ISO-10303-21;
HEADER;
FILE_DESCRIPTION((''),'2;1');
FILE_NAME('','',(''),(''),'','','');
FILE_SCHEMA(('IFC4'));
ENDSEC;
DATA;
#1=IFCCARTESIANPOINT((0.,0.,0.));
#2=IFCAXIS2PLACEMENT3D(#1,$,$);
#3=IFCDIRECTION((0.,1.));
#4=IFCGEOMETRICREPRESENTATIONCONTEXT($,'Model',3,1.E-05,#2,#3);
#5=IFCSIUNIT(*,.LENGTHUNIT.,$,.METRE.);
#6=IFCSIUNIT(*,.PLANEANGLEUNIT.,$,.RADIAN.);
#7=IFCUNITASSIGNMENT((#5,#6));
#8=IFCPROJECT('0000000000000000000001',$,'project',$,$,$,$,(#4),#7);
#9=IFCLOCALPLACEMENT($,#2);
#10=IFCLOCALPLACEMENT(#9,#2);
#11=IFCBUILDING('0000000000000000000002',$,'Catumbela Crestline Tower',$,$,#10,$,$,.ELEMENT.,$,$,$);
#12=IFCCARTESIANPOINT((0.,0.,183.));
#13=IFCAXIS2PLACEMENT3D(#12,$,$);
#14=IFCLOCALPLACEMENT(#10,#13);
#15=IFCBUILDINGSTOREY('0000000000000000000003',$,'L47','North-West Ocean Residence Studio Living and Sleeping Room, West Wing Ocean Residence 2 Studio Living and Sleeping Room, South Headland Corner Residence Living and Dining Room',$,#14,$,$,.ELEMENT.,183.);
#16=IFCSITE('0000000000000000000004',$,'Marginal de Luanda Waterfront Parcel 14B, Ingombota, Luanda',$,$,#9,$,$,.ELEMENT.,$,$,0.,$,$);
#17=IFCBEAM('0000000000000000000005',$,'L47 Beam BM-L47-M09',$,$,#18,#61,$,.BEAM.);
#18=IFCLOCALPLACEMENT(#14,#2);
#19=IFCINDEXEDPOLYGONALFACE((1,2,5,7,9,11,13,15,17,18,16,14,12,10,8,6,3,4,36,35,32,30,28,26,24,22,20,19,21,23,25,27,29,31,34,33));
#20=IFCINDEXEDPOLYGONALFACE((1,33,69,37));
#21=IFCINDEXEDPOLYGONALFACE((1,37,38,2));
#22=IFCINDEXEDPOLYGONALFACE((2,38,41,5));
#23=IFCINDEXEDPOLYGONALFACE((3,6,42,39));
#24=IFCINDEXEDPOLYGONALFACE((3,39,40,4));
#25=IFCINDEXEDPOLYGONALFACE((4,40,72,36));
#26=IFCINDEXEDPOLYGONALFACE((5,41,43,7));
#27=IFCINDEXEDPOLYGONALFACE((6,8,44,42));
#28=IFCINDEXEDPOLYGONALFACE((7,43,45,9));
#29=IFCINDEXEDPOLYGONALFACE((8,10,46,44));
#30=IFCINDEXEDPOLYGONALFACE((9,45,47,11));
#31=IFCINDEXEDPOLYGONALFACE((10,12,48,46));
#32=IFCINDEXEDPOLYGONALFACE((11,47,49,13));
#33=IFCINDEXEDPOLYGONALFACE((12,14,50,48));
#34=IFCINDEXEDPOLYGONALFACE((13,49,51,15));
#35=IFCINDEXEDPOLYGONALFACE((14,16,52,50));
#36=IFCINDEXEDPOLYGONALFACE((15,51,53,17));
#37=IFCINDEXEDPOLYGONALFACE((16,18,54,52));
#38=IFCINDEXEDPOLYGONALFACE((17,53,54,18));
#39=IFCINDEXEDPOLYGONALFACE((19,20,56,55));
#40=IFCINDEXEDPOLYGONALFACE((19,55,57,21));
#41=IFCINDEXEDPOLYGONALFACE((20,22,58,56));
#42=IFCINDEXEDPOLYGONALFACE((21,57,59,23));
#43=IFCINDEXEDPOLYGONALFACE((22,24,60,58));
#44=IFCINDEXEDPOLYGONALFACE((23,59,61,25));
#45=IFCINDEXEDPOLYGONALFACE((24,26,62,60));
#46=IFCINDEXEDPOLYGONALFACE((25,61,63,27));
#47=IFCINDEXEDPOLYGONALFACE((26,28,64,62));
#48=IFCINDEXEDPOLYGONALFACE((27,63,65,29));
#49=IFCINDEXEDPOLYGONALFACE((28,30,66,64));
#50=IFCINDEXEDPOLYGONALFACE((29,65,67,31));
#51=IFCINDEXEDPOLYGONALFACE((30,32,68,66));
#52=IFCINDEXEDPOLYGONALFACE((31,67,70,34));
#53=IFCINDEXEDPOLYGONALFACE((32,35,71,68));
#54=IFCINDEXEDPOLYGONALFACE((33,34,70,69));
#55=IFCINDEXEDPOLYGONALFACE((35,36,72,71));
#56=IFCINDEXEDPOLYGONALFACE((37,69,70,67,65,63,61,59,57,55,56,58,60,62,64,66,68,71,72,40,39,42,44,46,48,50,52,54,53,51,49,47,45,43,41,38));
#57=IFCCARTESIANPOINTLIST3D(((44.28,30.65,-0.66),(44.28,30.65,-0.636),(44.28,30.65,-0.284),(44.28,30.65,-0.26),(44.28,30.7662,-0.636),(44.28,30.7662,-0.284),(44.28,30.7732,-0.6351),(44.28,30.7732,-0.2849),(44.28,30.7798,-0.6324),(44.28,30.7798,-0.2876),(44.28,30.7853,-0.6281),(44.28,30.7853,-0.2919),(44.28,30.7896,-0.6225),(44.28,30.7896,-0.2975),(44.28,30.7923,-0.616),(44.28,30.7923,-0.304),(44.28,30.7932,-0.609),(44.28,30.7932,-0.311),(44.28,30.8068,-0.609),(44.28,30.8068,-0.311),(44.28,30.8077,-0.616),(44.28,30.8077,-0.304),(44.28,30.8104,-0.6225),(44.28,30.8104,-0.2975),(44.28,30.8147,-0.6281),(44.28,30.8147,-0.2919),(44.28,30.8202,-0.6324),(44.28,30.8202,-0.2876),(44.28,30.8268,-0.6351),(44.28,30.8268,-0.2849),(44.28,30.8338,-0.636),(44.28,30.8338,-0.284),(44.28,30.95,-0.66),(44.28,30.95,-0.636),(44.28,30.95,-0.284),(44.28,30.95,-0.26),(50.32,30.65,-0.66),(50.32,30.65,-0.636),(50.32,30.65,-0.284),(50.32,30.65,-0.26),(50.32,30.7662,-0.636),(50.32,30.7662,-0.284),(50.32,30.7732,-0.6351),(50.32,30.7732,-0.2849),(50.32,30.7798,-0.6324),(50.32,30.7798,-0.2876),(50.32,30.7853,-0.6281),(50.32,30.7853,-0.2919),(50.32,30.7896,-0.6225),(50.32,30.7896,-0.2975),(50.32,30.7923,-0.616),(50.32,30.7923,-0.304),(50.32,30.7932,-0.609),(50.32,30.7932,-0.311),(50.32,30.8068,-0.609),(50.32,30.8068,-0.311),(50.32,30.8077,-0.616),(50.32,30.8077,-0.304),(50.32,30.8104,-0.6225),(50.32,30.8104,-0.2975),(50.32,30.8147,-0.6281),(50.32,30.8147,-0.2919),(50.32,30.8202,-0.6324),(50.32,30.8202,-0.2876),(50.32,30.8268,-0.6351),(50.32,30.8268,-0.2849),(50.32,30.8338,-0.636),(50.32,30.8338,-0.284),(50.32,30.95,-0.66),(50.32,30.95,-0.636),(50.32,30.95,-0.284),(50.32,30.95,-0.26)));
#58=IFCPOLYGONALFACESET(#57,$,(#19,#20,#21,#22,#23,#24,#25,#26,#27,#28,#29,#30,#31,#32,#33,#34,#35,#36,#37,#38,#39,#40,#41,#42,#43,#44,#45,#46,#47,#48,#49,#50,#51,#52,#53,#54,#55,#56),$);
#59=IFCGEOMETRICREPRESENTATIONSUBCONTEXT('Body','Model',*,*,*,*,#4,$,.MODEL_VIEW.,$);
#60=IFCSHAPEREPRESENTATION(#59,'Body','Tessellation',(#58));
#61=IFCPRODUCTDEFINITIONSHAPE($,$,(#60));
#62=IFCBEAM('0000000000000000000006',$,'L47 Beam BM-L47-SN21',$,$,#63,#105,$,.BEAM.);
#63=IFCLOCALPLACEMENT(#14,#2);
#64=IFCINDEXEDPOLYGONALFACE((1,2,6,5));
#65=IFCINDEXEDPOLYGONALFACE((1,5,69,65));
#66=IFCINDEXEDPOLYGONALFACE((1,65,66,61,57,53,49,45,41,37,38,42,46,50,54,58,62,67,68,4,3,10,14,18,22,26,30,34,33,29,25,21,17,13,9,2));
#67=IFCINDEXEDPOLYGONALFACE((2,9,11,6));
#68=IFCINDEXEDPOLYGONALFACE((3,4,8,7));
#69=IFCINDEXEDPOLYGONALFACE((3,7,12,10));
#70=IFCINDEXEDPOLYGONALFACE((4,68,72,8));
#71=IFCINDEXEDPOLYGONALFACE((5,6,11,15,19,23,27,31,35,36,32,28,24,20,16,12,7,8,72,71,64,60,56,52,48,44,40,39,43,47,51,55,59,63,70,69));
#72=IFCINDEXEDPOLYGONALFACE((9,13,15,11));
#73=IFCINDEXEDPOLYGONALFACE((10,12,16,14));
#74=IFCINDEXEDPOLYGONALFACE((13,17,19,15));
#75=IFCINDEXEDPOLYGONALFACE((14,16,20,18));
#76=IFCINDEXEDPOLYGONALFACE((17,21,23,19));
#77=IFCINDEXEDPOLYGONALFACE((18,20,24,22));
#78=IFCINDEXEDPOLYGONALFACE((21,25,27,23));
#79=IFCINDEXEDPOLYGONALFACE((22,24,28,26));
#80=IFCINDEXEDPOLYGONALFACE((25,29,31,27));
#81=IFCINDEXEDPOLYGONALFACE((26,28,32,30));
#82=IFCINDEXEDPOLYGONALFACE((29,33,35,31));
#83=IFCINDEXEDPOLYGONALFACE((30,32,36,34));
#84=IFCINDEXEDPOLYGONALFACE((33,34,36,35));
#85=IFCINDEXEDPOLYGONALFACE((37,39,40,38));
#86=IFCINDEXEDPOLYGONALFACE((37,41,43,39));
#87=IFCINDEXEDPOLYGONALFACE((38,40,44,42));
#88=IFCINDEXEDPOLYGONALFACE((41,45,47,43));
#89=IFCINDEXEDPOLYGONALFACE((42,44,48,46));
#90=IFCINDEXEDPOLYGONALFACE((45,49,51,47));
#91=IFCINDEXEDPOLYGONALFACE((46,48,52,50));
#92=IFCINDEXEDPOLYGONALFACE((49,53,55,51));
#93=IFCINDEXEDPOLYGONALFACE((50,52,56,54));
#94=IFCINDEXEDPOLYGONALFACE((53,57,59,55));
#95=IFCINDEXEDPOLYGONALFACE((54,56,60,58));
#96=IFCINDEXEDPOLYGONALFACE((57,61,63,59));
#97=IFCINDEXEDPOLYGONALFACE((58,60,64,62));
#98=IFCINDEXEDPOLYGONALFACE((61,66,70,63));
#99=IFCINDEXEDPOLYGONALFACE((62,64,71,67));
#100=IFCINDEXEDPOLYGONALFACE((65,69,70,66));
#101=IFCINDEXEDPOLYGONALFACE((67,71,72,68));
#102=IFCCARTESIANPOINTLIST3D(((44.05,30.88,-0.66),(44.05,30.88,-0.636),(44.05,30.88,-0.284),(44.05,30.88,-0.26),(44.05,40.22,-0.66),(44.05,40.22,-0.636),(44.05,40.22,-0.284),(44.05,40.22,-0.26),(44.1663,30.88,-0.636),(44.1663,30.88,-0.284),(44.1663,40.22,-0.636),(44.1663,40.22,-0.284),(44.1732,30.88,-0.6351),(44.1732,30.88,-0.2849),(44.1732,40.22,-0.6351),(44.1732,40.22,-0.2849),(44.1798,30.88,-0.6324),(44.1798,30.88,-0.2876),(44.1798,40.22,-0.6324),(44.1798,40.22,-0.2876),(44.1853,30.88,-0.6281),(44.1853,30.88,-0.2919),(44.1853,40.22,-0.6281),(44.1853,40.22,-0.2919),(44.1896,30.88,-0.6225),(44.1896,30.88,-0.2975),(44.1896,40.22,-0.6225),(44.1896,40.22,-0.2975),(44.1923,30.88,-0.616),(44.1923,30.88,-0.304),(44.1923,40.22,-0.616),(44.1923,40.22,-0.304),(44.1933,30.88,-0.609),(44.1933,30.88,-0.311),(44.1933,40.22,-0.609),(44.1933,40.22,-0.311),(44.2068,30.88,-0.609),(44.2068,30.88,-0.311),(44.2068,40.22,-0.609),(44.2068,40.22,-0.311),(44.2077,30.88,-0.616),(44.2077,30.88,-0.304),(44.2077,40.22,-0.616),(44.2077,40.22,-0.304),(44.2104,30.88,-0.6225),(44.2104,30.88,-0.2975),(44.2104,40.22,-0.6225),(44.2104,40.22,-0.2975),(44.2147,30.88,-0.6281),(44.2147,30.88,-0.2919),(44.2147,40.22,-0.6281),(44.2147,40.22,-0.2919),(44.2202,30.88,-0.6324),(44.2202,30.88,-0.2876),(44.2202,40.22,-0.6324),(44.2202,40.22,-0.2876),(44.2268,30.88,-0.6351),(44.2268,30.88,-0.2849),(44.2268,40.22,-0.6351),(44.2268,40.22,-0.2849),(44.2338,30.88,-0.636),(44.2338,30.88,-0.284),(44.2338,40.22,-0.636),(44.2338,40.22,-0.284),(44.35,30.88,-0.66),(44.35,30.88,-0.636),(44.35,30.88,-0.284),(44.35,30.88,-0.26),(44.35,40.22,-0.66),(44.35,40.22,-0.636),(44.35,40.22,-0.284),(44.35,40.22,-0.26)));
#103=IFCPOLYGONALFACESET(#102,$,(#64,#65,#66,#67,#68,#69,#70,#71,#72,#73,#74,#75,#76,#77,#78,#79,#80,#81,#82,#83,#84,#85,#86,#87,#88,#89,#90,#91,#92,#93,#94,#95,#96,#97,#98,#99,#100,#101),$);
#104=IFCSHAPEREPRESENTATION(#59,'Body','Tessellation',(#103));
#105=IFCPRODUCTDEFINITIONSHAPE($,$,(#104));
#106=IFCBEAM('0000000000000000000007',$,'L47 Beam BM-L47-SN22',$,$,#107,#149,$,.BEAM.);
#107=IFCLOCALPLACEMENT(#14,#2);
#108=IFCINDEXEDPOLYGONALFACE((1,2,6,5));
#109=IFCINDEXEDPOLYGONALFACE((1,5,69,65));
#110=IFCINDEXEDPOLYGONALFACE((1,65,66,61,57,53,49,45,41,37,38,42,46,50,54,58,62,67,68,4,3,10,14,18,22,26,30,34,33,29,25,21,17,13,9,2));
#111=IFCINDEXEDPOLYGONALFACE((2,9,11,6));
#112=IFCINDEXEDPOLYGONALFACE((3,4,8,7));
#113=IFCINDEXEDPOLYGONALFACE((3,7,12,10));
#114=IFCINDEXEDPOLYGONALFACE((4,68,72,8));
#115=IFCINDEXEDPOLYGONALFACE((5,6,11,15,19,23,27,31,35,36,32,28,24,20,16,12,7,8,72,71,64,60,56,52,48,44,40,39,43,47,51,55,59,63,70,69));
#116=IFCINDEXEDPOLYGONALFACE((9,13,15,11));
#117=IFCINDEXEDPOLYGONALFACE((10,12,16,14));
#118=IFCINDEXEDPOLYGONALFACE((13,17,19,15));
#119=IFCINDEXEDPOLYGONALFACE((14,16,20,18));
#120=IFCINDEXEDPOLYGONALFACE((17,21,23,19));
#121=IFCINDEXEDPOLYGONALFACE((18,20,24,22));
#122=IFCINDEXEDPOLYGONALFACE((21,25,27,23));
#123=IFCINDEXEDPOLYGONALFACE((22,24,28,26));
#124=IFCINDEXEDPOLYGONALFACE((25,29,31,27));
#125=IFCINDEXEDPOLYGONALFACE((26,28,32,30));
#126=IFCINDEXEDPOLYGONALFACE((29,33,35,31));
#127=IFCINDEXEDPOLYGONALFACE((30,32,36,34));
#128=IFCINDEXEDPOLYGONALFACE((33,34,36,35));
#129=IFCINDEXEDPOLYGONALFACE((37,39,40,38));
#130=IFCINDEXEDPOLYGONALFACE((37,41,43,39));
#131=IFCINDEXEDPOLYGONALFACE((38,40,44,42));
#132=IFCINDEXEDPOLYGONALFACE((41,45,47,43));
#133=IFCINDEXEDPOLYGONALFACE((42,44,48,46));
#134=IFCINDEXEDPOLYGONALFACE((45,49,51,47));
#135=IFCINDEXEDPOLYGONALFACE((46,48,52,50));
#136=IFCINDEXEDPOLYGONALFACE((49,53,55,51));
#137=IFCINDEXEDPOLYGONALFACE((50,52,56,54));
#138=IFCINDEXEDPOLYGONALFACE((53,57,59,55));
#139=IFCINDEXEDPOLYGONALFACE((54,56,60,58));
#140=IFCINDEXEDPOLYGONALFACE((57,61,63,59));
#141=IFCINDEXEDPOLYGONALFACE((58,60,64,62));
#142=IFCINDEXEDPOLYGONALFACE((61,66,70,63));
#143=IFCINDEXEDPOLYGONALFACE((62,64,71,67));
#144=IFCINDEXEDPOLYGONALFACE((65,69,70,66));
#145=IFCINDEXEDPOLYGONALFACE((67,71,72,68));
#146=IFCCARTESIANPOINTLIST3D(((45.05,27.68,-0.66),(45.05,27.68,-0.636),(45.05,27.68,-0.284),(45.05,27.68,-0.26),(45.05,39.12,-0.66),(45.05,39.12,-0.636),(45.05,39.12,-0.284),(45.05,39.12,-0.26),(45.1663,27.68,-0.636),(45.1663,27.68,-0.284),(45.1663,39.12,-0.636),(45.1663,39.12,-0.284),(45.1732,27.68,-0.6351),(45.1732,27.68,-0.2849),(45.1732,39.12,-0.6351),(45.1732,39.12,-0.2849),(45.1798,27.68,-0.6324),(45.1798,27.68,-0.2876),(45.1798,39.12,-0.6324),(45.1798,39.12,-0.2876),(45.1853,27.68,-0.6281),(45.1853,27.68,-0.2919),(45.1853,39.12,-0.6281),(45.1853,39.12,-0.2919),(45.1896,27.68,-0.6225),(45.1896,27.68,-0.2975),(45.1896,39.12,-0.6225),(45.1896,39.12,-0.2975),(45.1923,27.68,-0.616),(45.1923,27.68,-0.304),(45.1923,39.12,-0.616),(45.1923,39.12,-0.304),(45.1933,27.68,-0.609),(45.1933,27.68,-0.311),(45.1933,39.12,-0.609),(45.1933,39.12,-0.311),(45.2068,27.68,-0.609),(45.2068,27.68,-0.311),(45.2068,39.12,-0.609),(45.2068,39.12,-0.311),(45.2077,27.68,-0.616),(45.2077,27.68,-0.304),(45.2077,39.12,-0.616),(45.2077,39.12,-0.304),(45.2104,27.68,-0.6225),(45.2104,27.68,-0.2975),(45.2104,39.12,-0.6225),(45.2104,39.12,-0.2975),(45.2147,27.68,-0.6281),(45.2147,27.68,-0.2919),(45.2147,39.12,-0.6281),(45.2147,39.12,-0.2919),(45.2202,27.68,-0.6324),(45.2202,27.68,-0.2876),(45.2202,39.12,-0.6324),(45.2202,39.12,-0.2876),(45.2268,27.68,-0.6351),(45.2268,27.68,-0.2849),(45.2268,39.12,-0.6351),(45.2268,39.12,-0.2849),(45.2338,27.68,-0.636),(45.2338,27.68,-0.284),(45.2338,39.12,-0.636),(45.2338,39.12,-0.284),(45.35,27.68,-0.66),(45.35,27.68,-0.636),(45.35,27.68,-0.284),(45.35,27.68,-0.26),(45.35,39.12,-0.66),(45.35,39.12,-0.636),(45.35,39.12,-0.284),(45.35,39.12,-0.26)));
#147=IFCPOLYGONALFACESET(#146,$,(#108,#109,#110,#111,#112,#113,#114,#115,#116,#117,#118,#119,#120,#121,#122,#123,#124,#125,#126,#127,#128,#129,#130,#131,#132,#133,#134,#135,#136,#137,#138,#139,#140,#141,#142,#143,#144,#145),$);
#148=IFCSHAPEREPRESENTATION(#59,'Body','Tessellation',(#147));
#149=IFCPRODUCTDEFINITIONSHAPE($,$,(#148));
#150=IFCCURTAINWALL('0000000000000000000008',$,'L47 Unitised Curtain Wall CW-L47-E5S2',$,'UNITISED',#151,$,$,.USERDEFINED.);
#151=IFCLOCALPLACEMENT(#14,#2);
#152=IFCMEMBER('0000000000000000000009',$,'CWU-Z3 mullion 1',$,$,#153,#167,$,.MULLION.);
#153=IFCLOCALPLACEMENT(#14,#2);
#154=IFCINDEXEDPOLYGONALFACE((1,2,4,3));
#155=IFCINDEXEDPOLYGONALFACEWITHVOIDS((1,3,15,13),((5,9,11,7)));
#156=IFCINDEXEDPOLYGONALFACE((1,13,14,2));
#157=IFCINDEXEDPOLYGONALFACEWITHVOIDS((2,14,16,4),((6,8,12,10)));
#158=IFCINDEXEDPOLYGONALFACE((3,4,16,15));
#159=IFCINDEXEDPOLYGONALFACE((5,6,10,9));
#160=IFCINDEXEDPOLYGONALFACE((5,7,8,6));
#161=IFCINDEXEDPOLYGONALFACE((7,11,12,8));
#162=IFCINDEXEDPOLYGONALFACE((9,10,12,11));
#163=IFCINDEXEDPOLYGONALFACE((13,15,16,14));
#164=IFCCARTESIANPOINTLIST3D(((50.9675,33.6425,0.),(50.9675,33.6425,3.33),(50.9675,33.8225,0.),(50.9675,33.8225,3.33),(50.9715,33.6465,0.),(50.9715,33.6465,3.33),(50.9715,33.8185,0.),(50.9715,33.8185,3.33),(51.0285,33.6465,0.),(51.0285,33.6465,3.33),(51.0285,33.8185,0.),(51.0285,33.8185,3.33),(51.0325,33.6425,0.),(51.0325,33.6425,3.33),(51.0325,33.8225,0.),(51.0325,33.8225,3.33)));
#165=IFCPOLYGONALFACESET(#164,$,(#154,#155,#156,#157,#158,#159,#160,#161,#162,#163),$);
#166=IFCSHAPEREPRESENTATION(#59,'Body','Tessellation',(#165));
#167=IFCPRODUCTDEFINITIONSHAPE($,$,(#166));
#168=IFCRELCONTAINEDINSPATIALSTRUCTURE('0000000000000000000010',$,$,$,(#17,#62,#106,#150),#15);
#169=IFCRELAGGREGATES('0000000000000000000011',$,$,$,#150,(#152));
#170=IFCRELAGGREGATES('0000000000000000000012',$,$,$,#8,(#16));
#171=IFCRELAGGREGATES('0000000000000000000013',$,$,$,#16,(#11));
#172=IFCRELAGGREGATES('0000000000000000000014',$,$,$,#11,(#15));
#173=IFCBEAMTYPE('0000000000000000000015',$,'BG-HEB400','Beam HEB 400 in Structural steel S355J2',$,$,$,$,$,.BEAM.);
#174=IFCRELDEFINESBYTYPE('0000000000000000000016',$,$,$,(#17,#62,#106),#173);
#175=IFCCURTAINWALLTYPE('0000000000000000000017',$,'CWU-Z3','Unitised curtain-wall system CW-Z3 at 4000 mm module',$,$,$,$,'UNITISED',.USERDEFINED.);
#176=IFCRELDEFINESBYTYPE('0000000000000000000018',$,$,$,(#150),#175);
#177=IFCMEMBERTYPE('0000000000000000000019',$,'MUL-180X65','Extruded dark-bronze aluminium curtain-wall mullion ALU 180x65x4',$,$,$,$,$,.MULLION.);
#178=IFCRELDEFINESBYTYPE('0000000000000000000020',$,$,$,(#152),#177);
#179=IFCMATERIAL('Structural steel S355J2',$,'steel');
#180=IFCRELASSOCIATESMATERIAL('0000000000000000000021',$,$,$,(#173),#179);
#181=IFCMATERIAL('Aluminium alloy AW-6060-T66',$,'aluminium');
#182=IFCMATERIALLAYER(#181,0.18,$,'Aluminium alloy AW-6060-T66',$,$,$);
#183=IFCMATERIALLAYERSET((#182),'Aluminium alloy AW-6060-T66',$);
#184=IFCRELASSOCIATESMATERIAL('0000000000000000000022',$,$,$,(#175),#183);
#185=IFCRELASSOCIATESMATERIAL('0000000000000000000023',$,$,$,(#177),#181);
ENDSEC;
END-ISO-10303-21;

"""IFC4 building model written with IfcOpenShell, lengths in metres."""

from ifc_helpers import new_model, si_unit, direction, frame, origin, origin_2d, place, context, subcontext, project, spatial, hollow_rectangle, i_section, extrude, material, layer, layer_set, material_profile, profile_set, type_object, element, aggregate, save


model = new_model("IFC4")

# Units and contexts
model_context = context("Model", 3, precision=1e-05, world=origin(), true_north=direction((0.0, 1.0)))
body_context = subcontext(model_context, "Body", "Model", "MODEL_VIEW")
ifc_project = project(units=[si_unit("LENGTHUNIT", "METRE"), si_unit("PLANEANGLEUNIT", "RADIAN")], contexts=[model_context])

# Site, building, storey
site_placement = place(None, origin())
site = spatial("IfcSite", under=ifc_project, at=site_placement, Name="Marginal de Luanda Waterfront Parcel 14B, Ingombota, Luanda", CompositionType="ELEMENT", RefElevation=0.0)
building_placement = place(site_placement, origin())
building = spatial("IfcBuilding", under=site, at=building_placement, Name="Catumbela Crestline Tower", CompositionType="ELEMENT")
storey_placement = place(building_placement, frame((0.0, 0.0, 183.0)))
storey = spatial("IfcBuildingStorey", under=building, at=storey_placement, Name="L47", Description="North-West Ocean Residence Studio Living and Sleeping Room, West Wing Ocean Residence 2 Studio Living and Sleeping Room, South Headland Corner Residence Living and Dining Room", CompositionType="ELEMENT", Elevation=183.0)

# Shared definitions
ifc_material_1 = material(Name="Structural steel S355J2", Category="steel")

# Beams
ifc_material_profile_1 = material_profile(ifc_material_1, i_section(OverallWidth=0.3, OverallDepth=0.4, WebThickness=0.0135, FlangeThickness=0.024, FilletRadius=0.027, at=origin_2d()), Name="HEB 400")
ifc_profile_set_1 = profile_set([ifc_material_profile_1], Name="Structural steel S355J2")
beam_type_1 = type_object("IfcBeamType", Name="BG-HEB400", Description="Beam HEB 400 in Structural steel S355J2", PredefinedType="BEAM", material=ifc_profile_set_1)
beam_1_placement = place(storey_placement, frame((44.28, 30.8, -0.46), z_axis=(1.0, 0.0, 0.0), x_axis=(0.0, 1.0, 0.0)))
element("IfcBeam", 1, at=beam_1_placement, inside=storey, type_object=beam_type_1, Name="L47 Beam BM-L47-M09", PredefinedType="BEAM", context=body_context, shape_type="SweptSolid", body=[
    extrude(i_section(OverallWidth=0.3, OverallDepth=0.4, WebThickness=0.0135, FlangeThickness=0.024, FilletRadius=0.027, at=origin_2d()), origin(), (0.0, 0.0, 1.0), 6.04),
])
beam_2_placement = place(storey_placement, frame((44.2, 30.88, -0.46), z_axis=(0.0, 1.0, 0.0), x_axis=(-1.0, 0.0, 0.0)))
element("IfcBeam", 2, at=beam_2_placement, inside=storey, type_object=beam_type_1, Name="L47 Beam BM-L47-SN21", PredefinedType="BEAM", context=body_context, shape_type="SweptSolid", body=[
    extrude(i_section(OverallWidth=0.3, OverallDepth=0.4, WebThickness=0.0135, FlangeThickness=0.024, FilletRadius=0.027, at=origin_2d()), origin(), (0.0, 0.0, 1.0), 9.34),
])
beam_3_placement = place(storey_placement, frame((45.2, 27.68, -0.46), z_axis=(0.0, 1.0, 0.0), x_axis=(-1.0, 0.0, 0.0)))
element("IfcBeam", 3, at=beam_3_placement, inside=storey, type_object=beam_type_1, Name="L47 Beam BM-L47-SN22", PredefinedType="BEAM", context=body_context, shape_type="SweptSolid", body=[
    extrude(i_section(OverallWidth=0.3, OverallDepth=0.4, WebThickness=0.0135, FlangeThickness=0.024, FilletRadius=0.027, at=origin_2d()), origin(), (0.0, 0.0, 1.0), 11.44),
])

# Curtain wall, member
ifc_material_2 = material(Name="Aluminium alloy AW-6060-T66", Category="aluminium")
ifc_layer_1 = layer(ifc_material_2, 0.18, Name="Aluminium alloy AW-6060-T66")
ifc_layer_set_1 = layer_set([ifc_layer_1], Name="Aluminium alloy AW-6060-T66")
curtain_wall_type = type_object("IfcCurtainWallType", Name="CWU-Z3", Description="Unitised curtain-wall system CW-Z3 at 4000 mm module", ElementType="UNITISED", PredefinedType="USERDEFINED", material=ifc_layer_set_1)
curtain_wall_placement = place(storey_placement, origin())
curtain_wall = element("IfcCurtainWall", 4, at=curtain_wall_placement, inside=storey, type_object=curtain_wall_type, Name="L47 Unitised Curtain Wall CW-L47-E5S2", ObjectType="UNITISED", PredefinedType="USERDEFINED")
ifc_material_profile_2 = material_profile(ifc_material_2, hollow_rectangle(XDim=0.065, YDim=0.18, WallThickness=0.004, at=origin_2d()), Name="ALU 180x65x4")
ifc_profile_set_2 = profile_set([ifc_material_profile_2], Name="Aluminium alloy AW-6060-T66")
member_type_1 = type_object("IfcMemberType", Name="MUL-180X65", Description="Extruded dark-bronze aluminium curtain-wall mullion ALU 180x65x4", PredefinedType="MULLION", material=ifc_profile_set_2)
member_1_placement = place(storey_placement, frame((51.0, 33.7325, 0.0), z_axis=(0.0, 0.0, 1.0), x_axis=(-1.0, 0.0, 0.0)))
member_1 = element("IfcMember", 5, at=member_1_placement, type_object=member_type_1, Name="CWU-Z3 mullion 1", PredefinedType="MULLION", context=body_context, shape_type="SweptSolid", body=[
    extrude(hollow_rectangle(XDim=0.065, YDim=0.18, WallThickness=0.004, at=origin_2d()), origin(), (0.0, 0.0, 1.0), 3.33),
])

aggregate(curtain_wall, [member_1])

save(model, "model.ifc")
